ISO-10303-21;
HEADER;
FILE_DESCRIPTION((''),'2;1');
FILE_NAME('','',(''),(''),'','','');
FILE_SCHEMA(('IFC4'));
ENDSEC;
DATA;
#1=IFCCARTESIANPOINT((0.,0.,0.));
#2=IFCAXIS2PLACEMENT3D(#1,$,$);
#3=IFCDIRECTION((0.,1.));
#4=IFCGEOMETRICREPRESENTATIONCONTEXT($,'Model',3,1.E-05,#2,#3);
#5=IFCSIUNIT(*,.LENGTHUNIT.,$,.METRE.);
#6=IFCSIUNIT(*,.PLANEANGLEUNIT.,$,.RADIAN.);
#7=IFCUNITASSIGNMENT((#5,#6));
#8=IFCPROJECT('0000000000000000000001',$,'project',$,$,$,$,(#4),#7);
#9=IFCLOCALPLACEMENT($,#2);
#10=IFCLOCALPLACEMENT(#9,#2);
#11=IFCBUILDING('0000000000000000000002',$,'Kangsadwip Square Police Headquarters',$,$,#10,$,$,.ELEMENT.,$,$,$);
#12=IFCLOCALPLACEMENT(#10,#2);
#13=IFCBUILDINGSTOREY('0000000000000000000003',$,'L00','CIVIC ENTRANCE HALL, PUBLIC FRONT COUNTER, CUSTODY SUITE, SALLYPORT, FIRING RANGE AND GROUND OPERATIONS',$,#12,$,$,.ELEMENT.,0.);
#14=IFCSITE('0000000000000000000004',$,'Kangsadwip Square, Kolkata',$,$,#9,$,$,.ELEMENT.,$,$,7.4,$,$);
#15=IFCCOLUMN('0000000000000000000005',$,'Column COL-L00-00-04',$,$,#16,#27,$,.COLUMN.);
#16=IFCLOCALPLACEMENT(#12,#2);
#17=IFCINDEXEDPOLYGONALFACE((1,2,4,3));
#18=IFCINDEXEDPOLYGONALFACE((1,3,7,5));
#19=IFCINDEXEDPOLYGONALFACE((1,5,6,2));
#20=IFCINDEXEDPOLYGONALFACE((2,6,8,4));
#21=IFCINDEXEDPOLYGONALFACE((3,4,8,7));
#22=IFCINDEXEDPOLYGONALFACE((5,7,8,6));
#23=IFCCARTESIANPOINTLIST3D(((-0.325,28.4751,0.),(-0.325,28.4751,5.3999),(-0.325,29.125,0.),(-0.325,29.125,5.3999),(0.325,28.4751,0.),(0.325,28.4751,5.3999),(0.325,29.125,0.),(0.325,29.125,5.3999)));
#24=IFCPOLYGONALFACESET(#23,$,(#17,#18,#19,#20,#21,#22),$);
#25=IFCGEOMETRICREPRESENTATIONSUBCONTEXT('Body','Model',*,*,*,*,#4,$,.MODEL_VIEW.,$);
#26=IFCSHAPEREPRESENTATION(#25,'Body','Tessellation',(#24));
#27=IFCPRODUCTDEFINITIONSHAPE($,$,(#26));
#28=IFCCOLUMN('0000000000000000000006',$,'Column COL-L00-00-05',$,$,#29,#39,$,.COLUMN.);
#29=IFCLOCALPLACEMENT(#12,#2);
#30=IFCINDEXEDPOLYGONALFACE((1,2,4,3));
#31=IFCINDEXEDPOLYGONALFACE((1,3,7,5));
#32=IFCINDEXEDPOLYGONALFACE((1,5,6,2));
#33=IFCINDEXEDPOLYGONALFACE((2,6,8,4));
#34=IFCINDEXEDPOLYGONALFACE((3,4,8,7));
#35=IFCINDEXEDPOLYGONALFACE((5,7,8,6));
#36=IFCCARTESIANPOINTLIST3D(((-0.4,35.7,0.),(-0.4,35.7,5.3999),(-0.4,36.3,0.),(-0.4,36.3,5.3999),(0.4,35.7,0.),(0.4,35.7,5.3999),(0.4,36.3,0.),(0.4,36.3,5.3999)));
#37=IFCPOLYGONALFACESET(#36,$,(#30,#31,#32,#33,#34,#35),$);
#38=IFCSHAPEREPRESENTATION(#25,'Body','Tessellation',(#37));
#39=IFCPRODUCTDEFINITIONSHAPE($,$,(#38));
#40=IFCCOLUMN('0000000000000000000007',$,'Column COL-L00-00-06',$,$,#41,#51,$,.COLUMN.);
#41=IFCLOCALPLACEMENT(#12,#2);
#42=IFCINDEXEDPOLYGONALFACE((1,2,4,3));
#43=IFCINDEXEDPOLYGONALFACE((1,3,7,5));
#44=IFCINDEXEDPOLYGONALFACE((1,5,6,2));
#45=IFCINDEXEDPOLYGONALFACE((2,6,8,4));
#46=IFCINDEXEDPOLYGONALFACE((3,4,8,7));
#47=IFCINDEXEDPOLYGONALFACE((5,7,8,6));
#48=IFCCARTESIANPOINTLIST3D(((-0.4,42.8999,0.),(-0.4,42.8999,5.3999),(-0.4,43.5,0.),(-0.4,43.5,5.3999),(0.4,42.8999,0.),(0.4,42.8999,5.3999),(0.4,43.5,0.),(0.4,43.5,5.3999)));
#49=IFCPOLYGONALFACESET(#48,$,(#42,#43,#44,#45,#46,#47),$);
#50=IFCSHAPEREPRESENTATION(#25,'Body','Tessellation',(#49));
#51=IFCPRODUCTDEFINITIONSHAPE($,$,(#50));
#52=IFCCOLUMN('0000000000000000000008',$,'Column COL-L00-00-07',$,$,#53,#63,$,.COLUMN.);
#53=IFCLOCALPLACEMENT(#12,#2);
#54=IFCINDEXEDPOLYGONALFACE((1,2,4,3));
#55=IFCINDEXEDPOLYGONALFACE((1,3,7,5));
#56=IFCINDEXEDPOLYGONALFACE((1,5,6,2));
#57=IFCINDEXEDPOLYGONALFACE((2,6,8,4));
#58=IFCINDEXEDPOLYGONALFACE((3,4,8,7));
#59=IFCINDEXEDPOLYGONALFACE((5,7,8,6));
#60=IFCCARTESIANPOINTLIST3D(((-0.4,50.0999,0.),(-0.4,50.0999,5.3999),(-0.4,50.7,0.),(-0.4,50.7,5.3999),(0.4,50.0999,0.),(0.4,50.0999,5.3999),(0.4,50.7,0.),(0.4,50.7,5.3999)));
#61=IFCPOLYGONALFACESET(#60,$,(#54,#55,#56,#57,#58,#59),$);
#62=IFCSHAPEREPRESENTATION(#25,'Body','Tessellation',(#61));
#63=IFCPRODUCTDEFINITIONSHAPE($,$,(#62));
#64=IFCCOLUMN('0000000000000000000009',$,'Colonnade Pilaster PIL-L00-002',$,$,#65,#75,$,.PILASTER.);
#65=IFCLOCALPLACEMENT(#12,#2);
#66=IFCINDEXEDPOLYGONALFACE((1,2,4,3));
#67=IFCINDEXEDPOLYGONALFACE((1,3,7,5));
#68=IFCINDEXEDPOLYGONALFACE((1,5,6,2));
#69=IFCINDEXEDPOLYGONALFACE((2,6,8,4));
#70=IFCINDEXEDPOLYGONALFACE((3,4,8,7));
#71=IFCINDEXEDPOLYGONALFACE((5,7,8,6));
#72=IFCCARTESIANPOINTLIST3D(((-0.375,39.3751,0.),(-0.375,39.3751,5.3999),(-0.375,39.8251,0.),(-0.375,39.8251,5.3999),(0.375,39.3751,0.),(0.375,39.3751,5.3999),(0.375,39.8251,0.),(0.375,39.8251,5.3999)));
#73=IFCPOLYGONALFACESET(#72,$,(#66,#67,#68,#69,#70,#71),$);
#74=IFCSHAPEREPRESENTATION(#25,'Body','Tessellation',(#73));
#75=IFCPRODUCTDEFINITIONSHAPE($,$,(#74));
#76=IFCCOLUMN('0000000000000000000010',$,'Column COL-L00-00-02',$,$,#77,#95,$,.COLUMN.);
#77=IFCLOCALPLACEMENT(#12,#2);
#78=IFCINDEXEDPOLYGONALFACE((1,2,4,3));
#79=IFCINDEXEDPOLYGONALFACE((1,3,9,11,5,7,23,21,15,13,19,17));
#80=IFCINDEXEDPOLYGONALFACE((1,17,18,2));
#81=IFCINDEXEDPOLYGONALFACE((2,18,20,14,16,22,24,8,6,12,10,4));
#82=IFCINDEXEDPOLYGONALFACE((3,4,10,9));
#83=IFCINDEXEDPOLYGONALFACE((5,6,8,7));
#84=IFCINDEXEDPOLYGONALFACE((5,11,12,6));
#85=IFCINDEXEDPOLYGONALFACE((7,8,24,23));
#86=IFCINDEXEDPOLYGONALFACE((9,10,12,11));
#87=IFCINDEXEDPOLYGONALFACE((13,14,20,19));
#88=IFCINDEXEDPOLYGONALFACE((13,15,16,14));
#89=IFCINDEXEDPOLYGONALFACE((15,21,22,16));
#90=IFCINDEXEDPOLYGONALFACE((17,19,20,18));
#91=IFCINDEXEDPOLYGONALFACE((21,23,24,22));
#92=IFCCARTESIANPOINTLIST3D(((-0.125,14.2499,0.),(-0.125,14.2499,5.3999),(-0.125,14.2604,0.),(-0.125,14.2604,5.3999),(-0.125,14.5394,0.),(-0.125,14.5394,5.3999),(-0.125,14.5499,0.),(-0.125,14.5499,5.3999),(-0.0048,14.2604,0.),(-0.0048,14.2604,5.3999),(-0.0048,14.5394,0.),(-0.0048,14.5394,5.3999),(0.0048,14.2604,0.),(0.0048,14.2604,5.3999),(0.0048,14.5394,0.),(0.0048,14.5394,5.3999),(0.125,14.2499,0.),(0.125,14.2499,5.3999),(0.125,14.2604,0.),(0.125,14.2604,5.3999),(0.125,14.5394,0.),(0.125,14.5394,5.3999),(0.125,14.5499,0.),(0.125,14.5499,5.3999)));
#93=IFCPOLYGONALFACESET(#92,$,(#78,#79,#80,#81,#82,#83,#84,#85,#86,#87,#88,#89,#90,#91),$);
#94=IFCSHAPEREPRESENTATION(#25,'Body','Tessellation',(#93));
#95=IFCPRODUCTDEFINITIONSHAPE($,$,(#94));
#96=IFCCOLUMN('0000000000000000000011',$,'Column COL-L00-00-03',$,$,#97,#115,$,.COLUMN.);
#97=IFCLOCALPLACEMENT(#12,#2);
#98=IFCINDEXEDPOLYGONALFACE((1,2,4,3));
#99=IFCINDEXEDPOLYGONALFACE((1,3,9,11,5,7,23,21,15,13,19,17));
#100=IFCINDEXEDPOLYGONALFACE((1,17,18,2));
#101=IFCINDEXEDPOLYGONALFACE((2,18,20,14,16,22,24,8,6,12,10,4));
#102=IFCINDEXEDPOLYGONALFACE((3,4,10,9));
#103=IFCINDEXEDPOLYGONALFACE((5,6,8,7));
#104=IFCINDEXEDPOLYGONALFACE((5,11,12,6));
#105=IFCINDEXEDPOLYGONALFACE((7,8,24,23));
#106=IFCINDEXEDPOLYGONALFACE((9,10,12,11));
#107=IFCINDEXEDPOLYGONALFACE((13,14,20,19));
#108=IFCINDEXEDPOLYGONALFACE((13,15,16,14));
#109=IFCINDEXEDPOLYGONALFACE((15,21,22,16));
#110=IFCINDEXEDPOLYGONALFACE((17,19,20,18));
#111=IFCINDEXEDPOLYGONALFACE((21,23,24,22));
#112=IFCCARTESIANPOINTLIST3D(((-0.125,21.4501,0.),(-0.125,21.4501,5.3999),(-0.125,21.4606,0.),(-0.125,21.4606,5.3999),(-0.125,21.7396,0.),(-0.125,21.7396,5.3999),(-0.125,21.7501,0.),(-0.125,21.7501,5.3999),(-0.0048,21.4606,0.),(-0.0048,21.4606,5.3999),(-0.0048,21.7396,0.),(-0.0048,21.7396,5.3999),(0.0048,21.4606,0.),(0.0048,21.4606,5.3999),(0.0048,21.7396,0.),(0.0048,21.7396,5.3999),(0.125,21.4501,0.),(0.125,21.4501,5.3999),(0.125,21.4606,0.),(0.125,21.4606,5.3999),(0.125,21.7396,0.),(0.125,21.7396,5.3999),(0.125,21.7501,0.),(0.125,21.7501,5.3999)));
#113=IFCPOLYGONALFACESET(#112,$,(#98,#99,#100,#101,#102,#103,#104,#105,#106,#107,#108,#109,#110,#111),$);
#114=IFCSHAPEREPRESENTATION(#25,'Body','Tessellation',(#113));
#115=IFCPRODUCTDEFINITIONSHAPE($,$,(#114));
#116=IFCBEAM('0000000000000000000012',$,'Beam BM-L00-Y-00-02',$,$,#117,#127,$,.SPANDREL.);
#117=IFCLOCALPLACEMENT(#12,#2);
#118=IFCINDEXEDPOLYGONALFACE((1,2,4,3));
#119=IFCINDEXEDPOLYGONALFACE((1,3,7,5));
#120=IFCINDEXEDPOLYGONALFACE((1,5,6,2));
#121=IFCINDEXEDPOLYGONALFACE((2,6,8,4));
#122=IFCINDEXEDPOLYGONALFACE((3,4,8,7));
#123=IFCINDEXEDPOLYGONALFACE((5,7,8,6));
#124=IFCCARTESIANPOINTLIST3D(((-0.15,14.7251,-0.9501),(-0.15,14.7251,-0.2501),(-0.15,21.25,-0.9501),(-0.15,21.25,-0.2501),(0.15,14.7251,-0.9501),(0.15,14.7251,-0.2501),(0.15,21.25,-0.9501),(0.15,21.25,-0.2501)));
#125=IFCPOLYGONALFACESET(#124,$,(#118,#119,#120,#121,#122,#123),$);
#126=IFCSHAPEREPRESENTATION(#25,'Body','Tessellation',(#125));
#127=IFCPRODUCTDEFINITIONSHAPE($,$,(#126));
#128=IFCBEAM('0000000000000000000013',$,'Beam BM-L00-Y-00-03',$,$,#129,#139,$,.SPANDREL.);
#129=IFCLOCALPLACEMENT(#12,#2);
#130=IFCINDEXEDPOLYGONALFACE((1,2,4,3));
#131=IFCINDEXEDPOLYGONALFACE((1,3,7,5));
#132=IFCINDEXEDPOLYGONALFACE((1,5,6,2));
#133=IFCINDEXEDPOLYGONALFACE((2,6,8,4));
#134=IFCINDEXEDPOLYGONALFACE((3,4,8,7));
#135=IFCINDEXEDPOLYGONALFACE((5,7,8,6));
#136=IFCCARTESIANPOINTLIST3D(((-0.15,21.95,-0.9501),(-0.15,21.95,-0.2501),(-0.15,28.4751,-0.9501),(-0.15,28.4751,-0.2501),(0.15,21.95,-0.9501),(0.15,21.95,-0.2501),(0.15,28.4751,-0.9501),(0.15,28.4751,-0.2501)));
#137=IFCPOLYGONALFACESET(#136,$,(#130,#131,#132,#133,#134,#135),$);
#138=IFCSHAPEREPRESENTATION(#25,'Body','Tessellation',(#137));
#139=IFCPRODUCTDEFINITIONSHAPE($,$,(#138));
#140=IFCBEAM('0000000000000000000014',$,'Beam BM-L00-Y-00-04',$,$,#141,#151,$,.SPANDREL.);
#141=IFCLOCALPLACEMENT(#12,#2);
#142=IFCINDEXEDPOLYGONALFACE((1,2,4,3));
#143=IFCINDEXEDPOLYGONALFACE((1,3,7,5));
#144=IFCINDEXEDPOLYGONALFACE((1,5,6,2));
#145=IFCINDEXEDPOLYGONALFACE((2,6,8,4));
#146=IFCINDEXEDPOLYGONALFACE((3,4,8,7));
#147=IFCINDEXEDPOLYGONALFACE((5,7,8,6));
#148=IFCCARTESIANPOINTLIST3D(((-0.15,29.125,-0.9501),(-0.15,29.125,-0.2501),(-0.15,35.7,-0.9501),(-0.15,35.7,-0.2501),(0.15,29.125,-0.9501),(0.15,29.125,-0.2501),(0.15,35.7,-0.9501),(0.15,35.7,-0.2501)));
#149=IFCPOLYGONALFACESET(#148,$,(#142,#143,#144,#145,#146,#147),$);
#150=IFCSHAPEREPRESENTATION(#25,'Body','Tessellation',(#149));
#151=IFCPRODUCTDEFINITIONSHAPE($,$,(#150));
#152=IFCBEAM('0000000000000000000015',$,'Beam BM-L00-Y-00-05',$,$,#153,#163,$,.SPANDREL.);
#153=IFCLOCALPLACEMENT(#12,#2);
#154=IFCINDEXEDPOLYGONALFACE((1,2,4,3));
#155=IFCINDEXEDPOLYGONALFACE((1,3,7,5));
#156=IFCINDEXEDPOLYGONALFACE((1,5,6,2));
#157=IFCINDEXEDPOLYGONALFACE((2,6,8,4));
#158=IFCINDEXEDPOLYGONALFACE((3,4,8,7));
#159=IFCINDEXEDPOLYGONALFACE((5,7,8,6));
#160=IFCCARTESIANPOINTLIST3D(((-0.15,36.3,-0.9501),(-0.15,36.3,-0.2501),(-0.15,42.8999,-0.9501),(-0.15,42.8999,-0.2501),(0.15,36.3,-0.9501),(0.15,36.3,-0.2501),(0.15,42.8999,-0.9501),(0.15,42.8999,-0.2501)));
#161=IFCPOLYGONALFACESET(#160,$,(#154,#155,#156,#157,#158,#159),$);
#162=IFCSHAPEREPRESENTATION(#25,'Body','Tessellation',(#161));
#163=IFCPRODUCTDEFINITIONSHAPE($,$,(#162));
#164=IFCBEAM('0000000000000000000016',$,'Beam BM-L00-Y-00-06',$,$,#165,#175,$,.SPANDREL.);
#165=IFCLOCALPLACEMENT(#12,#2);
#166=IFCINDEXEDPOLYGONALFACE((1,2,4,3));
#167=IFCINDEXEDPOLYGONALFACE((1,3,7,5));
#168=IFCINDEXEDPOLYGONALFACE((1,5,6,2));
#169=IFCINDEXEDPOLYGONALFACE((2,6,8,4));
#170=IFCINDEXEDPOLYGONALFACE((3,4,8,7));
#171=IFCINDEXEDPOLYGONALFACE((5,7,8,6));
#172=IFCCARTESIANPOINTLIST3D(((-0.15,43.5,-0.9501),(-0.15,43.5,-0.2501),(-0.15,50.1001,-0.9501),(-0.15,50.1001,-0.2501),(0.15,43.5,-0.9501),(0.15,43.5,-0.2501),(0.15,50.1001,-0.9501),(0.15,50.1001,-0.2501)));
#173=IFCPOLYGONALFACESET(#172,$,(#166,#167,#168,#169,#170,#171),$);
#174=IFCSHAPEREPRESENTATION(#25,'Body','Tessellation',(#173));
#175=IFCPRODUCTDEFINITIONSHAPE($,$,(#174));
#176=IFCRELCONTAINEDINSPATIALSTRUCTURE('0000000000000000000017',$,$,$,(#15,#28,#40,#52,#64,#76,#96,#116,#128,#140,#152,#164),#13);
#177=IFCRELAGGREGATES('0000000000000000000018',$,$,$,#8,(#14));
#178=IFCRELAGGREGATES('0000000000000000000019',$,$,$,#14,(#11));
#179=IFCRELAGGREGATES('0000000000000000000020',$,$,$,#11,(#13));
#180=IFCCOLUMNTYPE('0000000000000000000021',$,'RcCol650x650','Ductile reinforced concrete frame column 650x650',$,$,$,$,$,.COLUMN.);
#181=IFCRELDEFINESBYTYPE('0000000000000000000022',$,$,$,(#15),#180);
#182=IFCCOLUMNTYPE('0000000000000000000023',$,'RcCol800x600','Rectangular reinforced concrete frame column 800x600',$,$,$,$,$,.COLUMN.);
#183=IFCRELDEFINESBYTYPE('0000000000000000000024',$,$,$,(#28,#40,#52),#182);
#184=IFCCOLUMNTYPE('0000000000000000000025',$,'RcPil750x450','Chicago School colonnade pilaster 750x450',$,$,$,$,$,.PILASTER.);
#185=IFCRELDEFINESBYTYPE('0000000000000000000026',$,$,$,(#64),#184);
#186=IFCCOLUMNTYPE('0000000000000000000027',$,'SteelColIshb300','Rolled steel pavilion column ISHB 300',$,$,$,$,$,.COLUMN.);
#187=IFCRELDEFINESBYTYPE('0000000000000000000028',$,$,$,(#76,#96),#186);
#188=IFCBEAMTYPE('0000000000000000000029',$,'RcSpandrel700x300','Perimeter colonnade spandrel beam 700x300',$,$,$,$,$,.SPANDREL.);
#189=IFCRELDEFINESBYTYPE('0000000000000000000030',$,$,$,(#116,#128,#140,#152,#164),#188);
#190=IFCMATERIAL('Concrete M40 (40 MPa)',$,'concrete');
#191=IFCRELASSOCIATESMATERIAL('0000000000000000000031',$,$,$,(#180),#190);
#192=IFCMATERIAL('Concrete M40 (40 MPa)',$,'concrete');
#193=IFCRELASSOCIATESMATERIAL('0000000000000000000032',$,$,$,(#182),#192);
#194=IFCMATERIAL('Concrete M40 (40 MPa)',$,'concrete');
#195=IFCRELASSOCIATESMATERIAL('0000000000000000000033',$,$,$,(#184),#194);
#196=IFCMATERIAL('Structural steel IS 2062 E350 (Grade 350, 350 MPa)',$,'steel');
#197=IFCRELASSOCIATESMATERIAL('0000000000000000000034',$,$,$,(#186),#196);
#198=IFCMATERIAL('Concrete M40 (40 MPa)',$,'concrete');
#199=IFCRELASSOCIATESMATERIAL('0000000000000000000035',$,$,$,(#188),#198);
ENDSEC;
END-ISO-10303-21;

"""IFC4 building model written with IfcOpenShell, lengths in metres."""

from ifc_helpers import new_model, si_unit, direction, frame, origin, origin_2d, place, context, subcontext, project, spatial, rectangle, i_section, extrude, material, material_profile, profile_set, type_object, element, save


model = new_model("IFC4")

# Units and contexts
model_context = context("Model", 3, precision=1e-05, world=origin(), true_north=direction((0.0, 1.0)))
body_context = subcontext(model_context, "Body", "Model", "MODEL_VIEW")
ifc_project = project(units=[si_unit("LENGTHUNIT", "METRE"), si_unit("PLANEANGLEUNIT", "RADIAN")], contexts=[model_context])

# Site, building, storey
site_placement = place(None, origin())
site = spatial("IfcSite", under=ifc_project, at=site_placement, Name="Kangsadwip Square, Kolkata", CompositionType="ELEMENT", RefElevation=7.4)
building_placement = place(site_placement, origin())
building = spatial("IfcBuilding", under=site, at=building_placement, Name="Kangsadwip Square Police Headquarters", CompositionType="ELEMENT")
storey_placement = place(building_placement, origin())
storey = spatial("IfcBuildingStorey", under=building, at=storey_placement, Name="L00", Description="CIVIC ENTRANCE HALL, PUBLIC FRONT COUNTER, CUSTODY SUITE, SALLYPORT, FIRING RANGE AND GROUND OPERATIONS", CompositionType="ELEMENT", Elevation=0.0)

# Columns
ifc_material_1 = material(Name="Concrete M40 (40 MPa)", Category="concrete")
ifc_material_profile_1 = material_profile(ifc_material_1, rectangle(XDim=0.6499, YDim=0.6499, at=origin_2d()), Name="RC COL 650X650")
ifc_profile_set_1 = profile_set([ifc_material_profile_1], Name="Concrete M40 (40 MPa)")
column_type_1 = type_object("IfcColumnType", Name="RcCol650x650", Description="Ductile reinforced concrete frame column 650x650", PredefinedType="COLUMN", material=ifc_profile_set_1)
column_1_placement = place(storey_placement, frame((0.0, 28.8, 0.0), z_axis=(0.0, 0.0, 1.0), x_axis=(1.0, 0.0, 0.0)))
element("IfcColumn", 1, at=column_1_placement, inside=storey, type_object=column_type_1, Name="Column COL-L00-00-04", PredefinedType="COLUMN", context=body_context, shape_type="SweptSolid", body=[
    extrude(rectangle(XDim=0.6499, YDim=0.6499, at=origin_2d()), origin(), (0.0, 0.0, 1.0), 5.3999),
])
ifc_material_2 = material(Name="Concrete M40 (40 MPa)", Category="concrete")
ifc_material_profile_2 = material_profile(ifc_material_2, rectangle(XDim=0.6001, YDim=0.8, at=origin_2d()), Name="RC COL 800X600")
ifc_profile_set_2 = profile_set([ifc_material_profile_2], Name="Concrete M40 (40 MPa)")
column_type_2 = type_object("IfcColumnType", Name="RcCol800x600", Description="Rectangular reinforced concrete frame column 800x600", PredefinedType="COLUMN", material=ifc_profile_set_2)
for number, where, z_axis, x_axis, name in (
    (2, (0.0, 36.0, 0.0), (0.0, 0.0, 1.0), (0.0, 1.0, 0.0), "Column COL-L00-00-05"),
    (3, (0.0, 43.2, 0.0), (0.0, 0.0, 1.0), (0.0, 1.0, 0.0), "Column COL-L00-00-06"),
    (4, (0.0, 50.3999, 0.0), (0.0, 0.0, 1.0), (0.0, 1.0, 0.0), "Column COL-L00-00-07"),
):
    element("IfcColumn", number, at=place(storey_placement, frame(where, z_axis=z_axis, x_axis=x_axis)), inside=storey, type_object=column_type_2, Name=name, PredefinedType="COLUMN", context=body_context, shape_type="SweptSolid", body=[
        extrude(rectangle(XDim=0.6001, YDim=0.8, at=origin_2d()), origin(), (0.0, 0.0, 1.0), 5.3999),
    ])
ifc_material_3 = material(Name="Concrete M40 (40 MPa)", Category="concrete")
ifc_material_profile_3 = material_profile(ifc_material_3, rectangle(XDim=0.45, YDim=0.75, at=origin_2d()), Name="RC PIL 750X450")
ifc_profile_set_3 = profile_set([ifc_material_profile_3], Name="Concrete M40 (40 MPa)")
column_type_3 = type_object("IfcColumnType", Name="RcPil750x450", Description="Chicago School colonnade pilaster 750x450", PredefinedType="PILASTER", material=ifc_profile_set_3)
column_2_placement = place(storey_placement, frame((0.0, 39.6001, 0.0), z_axis=(0.0, 0.0, 1.0), x_axis=(0.0, 1.0, 0.0)))
element("IfcColumn", 5, at=column_2_placement, inside=storey, type_object=column_type_3, Name="Colonnade Pilaster PIL-L00-002", PredefinedType="PILASTER", context=body_context, shape_type="SweptSolid", body=[
    extrude(rectangle(XDim=0.45, YDim=0.75, at=origin_2d()), origin(), (0.0, 0.0, 1.0), 5.3999),
])
ifc_material_4 = material(Name="Structural steel IS 2062 E350 (Grade 350, 350 MPa)", Category="steel")
ifc_material_profile_4 = material_profile(ifc_material_4, i_section(OverallWidth=0.25, OverallDepth=0.3, WebThickness=0.0095, FlangeThickness=0.0105, at=origin_2d()), Name="ISHB 300")
ifc_profile_set_4 = profile_set([ifc_material_profile_4], Name="Structural steel IS 2062 E350 (Grade 350, 350 MPa)")
column_type_4 = type_object("IfcColumnType", Name="SteelColIshb300", Description="Rolled steel pavilion column ISHB 300", PredefinedType="COLUMN", material=ifc_profile_set_4)
for number, where, z_axis, x_axis, name in (
    (6, (0.0, 14.3999, 0.0), (0.0, 0.0, 1.0), (1.0, 0.0, 0.0), "Column COL-L00-00-02"),
    (7, (0.0, 21.6001, 0.0), (0.0, 0.0, 1.0), (1.0, 0.0, 0.0), "Column COL-L00-00-03"),
):
    element("IfcColumn", number, at=place(storey_placement, frame(where, z_axis=z_axis, x_axis=x_axis)), inside=storey, type_object=column_type_4, Name=name, PredefinedType="COLUMN", context=body_context, shape_type="SweptSolid", body=[
        extrude(i_section(OverallWidth=0.25, OverallDepth=0.3, WebThickness=0.0095, FlangeThickness=0.0105, at=origin_2d()), origin(), (0.0, 0.0, 1.0), 5.3999),
    ])

# Beams
ifc_material_5 = material(Name="Concrete M40 (40 MPa)", Category="concrete")
ifc_material_profile_5 = material_profile(ifc_material_5, rectangle(XDim=0.3, YDim=0.7, at=origin_2d()), Name="RC SPN 700X300")
ifc_profile_set_5 = profile_set([ifc_material_profile_5], Name="Concrete M40 (40 MPa)")
beam_type = type_object("IfcBeamType", Name="RcSpandrel700x300", Description="Perimeter colonnade spandrel beam 700x300", PredefinedType="SPANDREL", material=ifc_profile_set_5)
beam_1_placement = place(storey_placement, frame((0.0, 14.7251, -0.6001), z_axis=(0.0, 1.0, 0.0), x_axis=(-1.0, 0.0, 0.0)))
element("IfcBeam", 8, at=beam_1_placement, inside=storey, type_object=beam_type, Name="Beam BM-L00-Y-00-02", PredefinedType="SPANDREL", context=body_context, shape_type="SweptSolid", body=[
    extrude(rectangle(XDim=0.3, YDim=0.7, at=origin_2d()), origin(), (0.0, 0.0, 1.0), 6.5249),
])
beam_2_placement = place(storey_placement, frame((0.0, 21.95, -0.6001), z_axis=(0.0, 1.0, 0.0), x_axis=(-1.0, 0.0, 0.0)))
element("IfcBeam", 9, at=beam_2_placement, inside=storey, type_object=beam_type, Name="Beam BM-L00-Y-00-03", PredefinedType="SPANDREL", context=body_context, shape_type="SweptSolid", body=[
    extrude(rectangle(XDim=0.3, YDim=0.7, at=origin_2d()), origin(), (0.0, 0.0, 1.0), 6.5251),
])
beam_3_placement = place(storey_placement, frame((0.0, 29.125, -0.6001), z_axis=(0.0, 1.0, 0.0), x_axis=(-1.0, 0.0, 0.0)))
element("IfcBeam", 10, at=beam_3_placement, inside=storey, type_object=beam_type, Name="Beam BM-L00-Y-00-04", PredefinedType="SPANDREL", context=body_context, shape_type="SweptSolid", body=[
    extrude(rectangle(XDim=0.3, YDim=0.7, at=origin_2d()), origin(), (0.0, 0.0, 1.0), 6.575),
])
beam_4_placement = place(storey_placement, frame((0.0, 36.3, -0.6001), z_axis=(0.0, 1.0, 0.0), x_axis=(-1.0, 0.0, 0.0)))
element("IfcBeam", 11, at=beam_4_placement, inside=storey, type_object=beam_type, Name="Beam BM-L00-Y-00-05", PredefinedType="SPANDREL", context=body_context, shape_type="SweptSolid", body=[
    extrude(rectangle(XDim=0.3, YDim=0.7, at=origin_2d()), origin(), (0.0, 0.0, 1.0), 6.5999),
])
beam_5_placement = place(storey_placement, frame((0.0, 43.5, -0.6001), z_axis=(0.0, 1.0, 0.0), x_axis=(-1.0, 0.0, 0.0)))
element("IfcBeam", 12, at=beam_5_placement, inside=storey, type_object=beam_type, Name="Beam BM-L00-Y-00-06", PredefinedType="SPANDREL", context=body_context, shape_type="SweptSolid", body=[
    extrude(rectangle(XDim=0.3, YDim=0.7, at=origin_2d()), origin(), (0.0, 0.0, 1.0), 6.6001),
])

save(model, "model.ifc")
